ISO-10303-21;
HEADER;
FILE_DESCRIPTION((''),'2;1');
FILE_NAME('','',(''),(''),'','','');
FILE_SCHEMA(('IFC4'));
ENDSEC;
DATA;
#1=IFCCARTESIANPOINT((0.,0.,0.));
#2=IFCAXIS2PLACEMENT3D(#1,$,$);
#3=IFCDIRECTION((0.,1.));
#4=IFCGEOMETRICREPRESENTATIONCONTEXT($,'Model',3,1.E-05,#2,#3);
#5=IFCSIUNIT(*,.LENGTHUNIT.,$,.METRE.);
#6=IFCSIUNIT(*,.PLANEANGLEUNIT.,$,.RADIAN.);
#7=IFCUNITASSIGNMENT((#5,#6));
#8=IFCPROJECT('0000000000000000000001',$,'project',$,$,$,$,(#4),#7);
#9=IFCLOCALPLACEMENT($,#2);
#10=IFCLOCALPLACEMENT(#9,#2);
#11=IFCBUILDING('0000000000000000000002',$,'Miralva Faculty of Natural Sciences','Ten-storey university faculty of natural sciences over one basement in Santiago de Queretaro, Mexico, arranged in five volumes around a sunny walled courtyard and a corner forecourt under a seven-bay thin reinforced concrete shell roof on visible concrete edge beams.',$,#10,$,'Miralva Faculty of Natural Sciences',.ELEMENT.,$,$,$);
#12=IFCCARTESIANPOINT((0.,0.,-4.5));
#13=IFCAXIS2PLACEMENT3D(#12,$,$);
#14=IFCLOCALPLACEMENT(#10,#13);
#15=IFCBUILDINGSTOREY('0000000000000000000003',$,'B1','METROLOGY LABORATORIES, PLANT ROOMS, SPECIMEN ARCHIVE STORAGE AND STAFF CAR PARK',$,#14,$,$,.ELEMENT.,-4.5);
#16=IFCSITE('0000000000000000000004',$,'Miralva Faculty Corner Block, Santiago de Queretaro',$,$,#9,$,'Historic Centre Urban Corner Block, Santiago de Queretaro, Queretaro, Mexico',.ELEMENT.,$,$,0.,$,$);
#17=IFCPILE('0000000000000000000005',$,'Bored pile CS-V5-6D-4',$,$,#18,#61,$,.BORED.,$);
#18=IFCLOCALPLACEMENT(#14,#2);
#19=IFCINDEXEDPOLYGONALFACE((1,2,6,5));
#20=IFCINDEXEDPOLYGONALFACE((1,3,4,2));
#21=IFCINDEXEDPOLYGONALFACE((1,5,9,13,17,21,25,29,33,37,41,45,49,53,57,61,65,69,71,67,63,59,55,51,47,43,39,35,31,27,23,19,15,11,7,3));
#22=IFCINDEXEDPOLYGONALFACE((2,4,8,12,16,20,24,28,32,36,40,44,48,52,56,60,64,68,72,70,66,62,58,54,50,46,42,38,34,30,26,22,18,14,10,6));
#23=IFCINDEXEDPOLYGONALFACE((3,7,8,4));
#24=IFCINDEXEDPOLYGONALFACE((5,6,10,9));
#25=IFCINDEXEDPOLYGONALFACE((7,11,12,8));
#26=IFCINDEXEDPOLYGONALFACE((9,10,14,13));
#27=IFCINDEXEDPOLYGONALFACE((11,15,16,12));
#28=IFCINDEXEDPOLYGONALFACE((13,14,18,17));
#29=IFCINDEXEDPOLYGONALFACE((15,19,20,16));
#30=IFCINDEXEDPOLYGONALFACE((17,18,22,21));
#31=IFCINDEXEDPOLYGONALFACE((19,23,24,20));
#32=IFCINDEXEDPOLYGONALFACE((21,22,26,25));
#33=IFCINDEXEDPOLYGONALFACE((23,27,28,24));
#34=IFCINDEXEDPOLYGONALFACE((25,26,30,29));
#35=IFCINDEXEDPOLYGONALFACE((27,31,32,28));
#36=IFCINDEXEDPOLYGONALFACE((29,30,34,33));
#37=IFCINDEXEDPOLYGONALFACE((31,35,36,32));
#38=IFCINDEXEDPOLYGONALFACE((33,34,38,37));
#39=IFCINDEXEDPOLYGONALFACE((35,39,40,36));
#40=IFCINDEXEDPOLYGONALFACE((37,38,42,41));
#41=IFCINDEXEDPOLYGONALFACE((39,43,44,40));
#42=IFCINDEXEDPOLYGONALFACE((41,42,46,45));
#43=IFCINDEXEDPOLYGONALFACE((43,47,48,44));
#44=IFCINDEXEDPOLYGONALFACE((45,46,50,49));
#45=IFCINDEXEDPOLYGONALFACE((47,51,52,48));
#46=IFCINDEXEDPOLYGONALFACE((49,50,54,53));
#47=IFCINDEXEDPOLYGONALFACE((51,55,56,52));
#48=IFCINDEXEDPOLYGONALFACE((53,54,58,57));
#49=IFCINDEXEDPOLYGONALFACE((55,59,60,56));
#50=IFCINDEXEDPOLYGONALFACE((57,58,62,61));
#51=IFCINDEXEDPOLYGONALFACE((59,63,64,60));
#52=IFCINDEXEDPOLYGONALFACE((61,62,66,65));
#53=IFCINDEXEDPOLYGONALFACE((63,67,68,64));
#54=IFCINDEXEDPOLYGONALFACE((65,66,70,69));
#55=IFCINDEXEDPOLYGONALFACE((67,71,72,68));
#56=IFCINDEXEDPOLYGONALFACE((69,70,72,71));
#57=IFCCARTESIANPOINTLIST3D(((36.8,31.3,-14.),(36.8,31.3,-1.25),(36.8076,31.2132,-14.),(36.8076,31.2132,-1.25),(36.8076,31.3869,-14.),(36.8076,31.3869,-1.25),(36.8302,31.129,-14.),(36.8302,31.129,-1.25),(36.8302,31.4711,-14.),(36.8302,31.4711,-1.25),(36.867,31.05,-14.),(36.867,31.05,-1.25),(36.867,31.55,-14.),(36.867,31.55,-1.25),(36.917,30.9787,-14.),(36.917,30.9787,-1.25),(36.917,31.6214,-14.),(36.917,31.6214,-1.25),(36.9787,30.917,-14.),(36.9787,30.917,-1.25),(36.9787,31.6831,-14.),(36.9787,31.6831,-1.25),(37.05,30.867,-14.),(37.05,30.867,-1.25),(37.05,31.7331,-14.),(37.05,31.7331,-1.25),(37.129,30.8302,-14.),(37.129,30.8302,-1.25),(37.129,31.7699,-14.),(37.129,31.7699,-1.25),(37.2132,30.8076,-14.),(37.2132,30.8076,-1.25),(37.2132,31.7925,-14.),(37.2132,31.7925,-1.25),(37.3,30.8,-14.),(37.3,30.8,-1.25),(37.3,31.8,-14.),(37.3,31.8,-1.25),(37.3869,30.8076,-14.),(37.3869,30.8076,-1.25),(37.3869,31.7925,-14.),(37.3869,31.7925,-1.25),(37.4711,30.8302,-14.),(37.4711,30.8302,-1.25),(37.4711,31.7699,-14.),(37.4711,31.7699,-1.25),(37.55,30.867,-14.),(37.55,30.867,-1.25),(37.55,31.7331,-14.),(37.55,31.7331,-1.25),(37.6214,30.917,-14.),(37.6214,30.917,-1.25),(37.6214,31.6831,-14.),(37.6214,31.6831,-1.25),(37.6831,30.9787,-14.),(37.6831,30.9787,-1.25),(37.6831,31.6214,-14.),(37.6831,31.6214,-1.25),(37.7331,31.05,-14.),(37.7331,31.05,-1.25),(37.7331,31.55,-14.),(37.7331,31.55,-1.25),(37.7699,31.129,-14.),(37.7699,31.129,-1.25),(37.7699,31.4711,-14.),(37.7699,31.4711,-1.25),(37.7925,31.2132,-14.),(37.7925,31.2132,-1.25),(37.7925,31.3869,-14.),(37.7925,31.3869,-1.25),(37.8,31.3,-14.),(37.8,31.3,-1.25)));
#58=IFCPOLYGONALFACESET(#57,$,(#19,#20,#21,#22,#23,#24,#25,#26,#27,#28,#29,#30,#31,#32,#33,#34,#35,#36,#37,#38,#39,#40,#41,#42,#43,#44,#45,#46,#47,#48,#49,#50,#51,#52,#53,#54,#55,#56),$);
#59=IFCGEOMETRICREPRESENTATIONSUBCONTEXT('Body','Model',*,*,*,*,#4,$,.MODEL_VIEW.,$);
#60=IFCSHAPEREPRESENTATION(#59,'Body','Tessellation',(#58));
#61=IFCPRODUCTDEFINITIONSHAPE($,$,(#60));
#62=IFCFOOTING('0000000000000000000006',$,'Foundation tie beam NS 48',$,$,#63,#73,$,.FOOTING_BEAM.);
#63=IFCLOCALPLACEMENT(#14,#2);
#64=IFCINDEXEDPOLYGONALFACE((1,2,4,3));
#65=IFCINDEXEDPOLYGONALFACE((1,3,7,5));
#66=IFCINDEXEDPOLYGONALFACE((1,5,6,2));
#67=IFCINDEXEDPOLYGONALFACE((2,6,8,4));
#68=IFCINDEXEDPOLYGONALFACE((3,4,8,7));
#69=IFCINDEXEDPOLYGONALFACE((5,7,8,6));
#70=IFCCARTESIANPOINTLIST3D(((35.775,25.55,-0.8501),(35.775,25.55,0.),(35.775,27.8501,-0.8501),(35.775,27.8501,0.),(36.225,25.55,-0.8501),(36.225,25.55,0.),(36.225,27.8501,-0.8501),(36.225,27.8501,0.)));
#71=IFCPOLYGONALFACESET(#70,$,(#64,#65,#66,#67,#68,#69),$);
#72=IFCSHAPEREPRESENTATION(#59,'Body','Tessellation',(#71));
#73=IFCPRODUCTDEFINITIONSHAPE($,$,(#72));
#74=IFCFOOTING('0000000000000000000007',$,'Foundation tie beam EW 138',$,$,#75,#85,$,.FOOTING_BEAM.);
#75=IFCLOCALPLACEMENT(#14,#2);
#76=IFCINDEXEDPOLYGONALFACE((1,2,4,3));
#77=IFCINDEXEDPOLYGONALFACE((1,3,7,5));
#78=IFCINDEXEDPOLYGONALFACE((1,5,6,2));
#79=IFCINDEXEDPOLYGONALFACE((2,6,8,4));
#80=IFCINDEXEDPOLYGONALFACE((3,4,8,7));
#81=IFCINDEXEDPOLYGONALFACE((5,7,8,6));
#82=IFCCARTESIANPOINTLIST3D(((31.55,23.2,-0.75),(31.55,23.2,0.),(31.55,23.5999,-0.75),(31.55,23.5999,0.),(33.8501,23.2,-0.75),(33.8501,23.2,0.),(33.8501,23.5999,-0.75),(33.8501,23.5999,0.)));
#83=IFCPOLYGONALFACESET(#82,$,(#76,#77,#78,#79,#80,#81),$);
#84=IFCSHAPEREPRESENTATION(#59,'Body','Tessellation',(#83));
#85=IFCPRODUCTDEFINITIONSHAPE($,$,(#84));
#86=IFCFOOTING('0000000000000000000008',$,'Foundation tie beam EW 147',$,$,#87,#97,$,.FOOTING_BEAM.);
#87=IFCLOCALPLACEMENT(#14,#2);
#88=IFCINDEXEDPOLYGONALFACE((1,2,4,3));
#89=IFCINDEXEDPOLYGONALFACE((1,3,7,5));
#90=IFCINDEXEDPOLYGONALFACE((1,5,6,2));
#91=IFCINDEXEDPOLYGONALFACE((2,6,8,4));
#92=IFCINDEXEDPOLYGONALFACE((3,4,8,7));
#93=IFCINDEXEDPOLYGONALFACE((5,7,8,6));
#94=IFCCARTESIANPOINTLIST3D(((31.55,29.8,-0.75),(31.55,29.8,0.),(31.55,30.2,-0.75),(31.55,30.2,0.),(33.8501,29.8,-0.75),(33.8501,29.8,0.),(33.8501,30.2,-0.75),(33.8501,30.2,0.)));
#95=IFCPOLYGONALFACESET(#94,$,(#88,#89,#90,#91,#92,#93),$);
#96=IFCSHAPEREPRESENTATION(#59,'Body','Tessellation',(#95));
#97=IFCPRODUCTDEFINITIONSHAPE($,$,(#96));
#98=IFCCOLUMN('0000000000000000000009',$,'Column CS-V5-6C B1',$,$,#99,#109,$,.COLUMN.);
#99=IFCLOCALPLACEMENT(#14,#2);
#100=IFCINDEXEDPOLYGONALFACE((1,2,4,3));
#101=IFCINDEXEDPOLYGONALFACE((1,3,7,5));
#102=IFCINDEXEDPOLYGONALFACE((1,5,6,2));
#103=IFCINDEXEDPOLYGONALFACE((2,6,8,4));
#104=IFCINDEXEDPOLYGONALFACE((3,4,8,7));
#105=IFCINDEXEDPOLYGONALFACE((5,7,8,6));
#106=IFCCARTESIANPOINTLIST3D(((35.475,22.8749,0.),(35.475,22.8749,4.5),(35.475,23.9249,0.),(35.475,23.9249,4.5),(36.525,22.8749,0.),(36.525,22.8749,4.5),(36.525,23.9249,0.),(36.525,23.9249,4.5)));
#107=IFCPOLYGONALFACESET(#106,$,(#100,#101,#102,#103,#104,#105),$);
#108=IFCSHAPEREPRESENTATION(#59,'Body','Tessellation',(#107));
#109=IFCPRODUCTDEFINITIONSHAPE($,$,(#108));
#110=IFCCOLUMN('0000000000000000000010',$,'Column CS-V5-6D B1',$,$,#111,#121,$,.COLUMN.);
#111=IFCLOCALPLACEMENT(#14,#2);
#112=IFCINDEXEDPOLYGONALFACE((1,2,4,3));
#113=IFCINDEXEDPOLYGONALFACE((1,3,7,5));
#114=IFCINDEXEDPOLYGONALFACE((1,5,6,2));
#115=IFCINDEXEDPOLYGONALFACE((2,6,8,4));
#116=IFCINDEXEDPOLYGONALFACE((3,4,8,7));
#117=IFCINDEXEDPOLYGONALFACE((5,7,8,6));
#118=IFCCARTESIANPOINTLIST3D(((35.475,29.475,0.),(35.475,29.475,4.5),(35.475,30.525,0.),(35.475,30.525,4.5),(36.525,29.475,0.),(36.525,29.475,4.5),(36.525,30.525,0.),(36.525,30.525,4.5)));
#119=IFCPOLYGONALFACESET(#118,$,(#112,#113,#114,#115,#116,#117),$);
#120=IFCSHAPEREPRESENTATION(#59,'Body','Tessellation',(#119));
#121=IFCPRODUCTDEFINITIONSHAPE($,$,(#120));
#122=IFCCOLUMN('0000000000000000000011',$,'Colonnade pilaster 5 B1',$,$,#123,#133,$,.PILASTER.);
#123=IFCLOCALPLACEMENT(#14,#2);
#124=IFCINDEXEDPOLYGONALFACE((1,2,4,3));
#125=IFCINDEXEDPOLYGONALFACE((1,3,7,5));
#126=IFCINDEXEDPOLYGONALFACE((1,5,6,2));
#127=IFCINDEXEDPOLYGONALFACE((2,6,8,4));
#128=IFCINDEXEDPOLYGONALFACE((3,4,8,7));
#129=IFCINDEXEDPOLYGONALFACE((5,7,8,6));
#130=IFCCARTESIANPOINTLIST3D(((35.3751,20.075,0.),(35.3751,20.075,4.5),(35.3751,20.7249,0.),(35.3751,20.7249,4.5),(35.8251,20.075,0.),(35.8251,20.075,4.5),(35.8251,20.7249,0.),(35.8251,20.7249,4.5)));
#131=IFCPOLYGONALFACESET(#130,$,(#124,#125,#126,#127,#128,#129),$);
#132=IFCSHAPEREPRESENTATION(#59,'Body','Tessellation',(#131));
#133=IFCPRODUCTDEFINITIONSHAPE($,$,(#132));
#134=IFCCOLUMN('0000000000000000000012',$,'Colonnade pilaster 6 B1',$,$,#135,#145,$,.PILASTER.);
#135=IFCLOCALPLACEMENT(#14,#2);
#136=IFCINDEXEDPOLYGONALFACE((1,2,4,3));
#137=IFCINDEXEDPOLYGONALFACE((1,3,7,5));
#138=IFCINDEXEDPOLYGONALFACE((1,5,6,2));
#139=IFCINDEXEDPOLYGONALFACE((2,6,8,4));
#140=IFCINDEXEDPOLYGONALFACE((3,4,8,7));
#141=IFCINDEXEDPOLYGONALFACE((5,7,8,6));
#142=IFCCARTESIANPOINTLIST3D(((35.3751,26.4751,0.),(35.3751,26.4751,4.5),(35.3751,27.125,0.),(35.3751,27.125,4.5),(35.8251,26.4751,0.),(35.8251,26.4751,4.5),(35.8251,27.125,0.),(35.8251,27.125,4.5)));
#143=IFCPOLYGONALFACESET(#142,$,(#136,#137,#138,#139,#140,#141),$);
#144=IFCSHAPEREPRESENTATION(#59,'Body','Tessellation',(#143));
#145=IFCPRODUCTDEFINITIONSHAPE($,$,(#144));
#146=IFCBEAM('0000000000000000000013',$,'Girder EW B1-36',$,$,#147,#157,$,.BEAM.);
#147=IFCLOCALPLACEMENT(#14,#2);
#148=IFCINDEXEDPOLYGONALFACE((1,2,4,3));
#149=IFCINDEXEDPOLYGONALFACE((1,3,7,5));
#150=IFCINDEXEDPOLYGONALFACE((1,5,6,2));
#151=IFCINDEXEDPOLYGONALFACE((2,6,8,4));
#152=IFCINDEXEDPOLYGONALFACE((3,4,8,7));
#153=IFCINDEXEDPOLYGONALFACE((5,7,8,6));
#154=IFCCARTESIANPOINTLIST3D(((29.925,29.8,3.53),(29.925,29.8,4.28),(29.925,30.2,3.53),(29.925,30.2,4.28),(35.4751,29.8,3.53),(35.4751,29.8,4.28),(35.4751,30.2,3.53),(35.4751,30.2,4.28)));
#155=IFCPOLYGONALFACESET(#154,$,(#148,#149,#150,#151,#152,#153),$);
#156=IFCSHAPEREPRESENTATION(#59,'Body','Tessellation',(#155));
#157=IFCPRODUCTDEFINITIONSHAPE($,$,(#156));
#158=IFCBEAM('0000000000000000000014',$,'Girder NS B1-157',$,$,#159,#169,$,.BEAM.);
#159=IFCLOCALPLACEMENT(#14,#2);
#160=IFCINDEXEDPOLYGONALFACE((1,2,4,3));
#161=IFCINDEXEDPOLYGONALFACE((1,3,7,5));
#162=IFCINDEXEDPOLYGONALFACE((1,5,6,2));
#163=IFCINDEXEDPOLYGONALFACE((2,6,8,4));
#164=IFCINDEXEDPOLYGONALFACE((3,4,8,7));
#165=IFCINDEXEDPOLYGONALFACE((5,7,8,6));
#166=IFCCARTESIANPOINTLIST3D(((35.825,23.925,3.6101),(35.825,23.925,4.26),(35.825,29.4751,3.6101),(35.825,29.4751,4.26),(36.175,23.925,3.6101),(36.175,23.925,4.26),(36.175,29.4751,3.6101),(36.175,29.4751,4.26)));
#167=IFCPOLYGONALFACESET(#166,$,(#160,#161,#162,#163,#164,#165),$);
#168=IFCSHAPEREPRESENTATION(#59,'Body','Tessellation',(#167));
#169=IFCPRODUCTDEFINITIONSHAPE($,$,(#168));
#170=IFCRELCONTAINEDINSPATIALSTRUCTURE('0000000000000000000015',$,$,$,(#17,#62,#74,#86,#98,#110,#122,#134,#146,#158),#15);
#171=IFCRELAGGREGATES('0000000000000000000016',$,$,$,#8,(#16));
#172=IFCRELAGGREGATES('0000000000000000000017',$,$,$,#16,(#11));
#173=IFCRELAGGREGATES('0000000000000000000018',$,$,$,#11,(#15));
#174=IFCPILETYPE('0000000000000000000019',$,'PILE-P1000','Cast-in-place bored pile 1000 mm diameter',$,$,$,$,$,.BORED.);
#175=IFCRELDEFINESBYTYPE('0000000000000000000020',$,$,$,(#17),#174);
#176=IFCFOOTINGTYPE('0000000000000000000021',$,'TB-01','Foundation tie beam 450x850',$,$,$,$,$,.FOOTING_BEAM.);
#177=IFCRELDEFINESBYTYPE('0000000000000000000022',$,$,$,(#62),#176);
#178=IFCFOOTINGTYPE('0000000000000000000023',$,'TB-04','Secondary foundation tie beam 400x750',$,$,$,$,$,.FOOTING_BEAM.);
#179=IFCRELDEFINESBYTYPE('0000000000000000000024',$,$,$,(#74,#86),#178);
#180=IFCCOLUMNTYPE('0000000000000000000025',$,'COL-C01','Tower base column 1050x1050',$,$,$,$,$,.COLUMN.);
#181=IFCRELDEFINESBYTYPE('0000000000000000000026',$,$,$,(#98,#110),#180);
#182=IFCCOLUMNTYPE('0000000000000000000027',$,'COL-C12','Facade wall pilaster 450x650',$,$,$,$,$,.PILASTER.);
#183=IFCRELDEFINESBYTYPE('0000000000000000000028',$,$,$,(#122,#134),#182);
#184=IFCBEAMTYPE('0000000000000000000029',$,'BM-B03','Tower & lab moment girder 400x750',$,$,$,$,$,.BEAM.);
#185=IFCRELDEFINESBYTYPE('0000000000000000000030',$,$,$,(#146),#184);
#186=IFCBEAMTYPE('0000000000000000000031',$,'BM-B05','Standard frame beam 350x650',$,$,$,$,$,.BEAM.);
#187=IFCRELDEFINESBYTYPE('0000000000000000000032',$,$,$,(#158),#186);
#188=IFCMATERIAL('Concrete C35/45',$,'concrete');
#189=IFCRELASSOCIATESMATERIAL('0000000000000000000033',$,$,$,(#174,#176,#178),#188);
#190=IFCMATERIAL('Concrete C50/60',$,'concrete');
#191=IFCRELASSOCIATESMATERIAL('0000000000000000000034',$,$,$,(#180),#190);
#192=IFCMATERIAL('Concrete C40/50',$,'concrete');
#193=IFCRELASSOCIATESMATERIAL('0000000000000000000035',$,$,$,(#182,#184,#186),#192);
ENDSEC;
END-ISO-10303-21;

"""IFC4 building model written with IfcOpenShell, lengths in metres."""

from ifc_helpers import new_model, si_unit, direction, frame, origin, origin_2d, place, context, subcontext, project, spatial, rectangle, circle, extrude, material, material_profile, profile_set, type_object, element, save


model = new_model("IFC4")

# Units and contexts
model_context = context("Model", 3, precision=1e-05, world=origin(), true_north=direction((0.0, 1.0)))
body_context = subcontext(model_context, "Body", "Model", "MODEL_VIEW")
ifc_project = project(units=[si_unit("LENGTHUNIT", "METRE"), si_unit("PLANEANGLEUNIT", "RADIAN")], contexts=[model_context])

# Site, building, storey
site_placement = place(None, origin())
site = spatial("IfcSite", under=ifc_project, at=site_placement, Name="Miralva Faculty Corner Block, Santiago de Queretaro", LongName="Historic Centre Urban Corner Block, Santiago de Queretaro, Queretaro, Mexico", CompositionType="ELEMENT", RefElevation=0.0)
building_placement = place(site_placement, origin())
building = spatial("IfcBuilding", under=site, at=building_placement, Name="Miralva Faculty of Natural Sciences", Description="Ten-storey university faculty of natural sciences over one basement in Santiago de Queretaro, Mexico, arranged in five volumes around a sunny walled courtyard and a corner forecourt under a seven-bay thin reinforced concrete shell roof on visible concrete edge beams.", LongName="Miralva Faculty of Natural Sciences", CompositionType="ELEMENT")
storey_placement = place(building_placement, frame((0.0, 0.0, -4.5)))
storey = spatial("IfcBuildingStorey", under=building, at=storey_placement, Name="B1", Description="METROLOGY LABORATORIES, PLANT ROOMS, SPECIMEN ARCHIVE STORAGE AND STAFF CAR PARK", CompositionType="ELEMENT", Elevation=-4.5)

# Shared definitions
ifc_material_1 = material(Name="Concrete C35/45", Category="concrete")

# Pile
ifc_material_profile_1 = material_profile(ifc_material_1, circle(Radius=0.5, at=origin_2d()), Name="BORED PILE 1000")
ifc_profile_set_1 = profile_set([ifc_material_profile_1], Name="Concrete C35/45")
pile_type = type_object("IfcPileType", Name="PILE-P1000", Description="Cast-in-place bored pile 1000 mm diameter", PredefinedType="BORED", material=ifc_profile_set_1)
for number, where, z_axis, x_axis, name in (
    (1, (37.3, 31.3, -1.25), (0.0, 0.0, -1.0), (1.0, 0.0, 0.0), "Bored pile CS-V5-6D-4"),
):
    element("IfcPile", number, at=place(storey_placement, frame(where, z_axis=z_axis, x_axis=x_axis)), inside=storey, type_object=pile_type, Name=name, PredefinedType="BORED", context=body_context, shape_type="SweptSolid", body=[
        extrude(circle(Radius=0.5, at=origin_2d()), origin(), (0.0, 0.0, 1.0), 12.75),
    ])

# Footings
ifc_material_profile_2 = material_profile(ifc_material_1, rectangle(XDim=0.45, YDim=0.8501, at=origin_2d()), Name="RC 450x850")
ifc_profile_set_2 = profile_set([ifc_material_profile_2], Name="Concrete C35/45")
footing_type_1 = type_object("IfcFootingType", Name="TB-01", Description="Foundation tie beam 450x850", PredefinedType="FOOTING_BEAM", material=ifc_profile_set_2)
footing_1_placement = place(storey_placement, frame((36.0, 25.55, -0.425), z_axis=(0.0, 1.0, 0.0), x_axis=(-1.0, 0.0, 0.0)))
element("IfcFooting", 2, at=footing_1_placement, inside=storey, type_object=footing_type_1, Name="Foundation tie beam NS 48", PredefinedType="FOOTING_BEAM", context=body_context, shape_type="SweptSolid", body=[
    extrude(rectangle(XDim=0.45, YDim=0.8501, at=origin_2d()), origin(), (0.0, 0.0, 1.0), 2.3),
])
ifc_material_profile_3 = material_profile(ifc_material_1, rectangle(XDim=0.3999, YDim=0.75, at=origin_2d()), Name="RC 400x750")
ifc_profile_set_3 = profile_set([ifc_material_profile_3], Name="Concrete C35/45")
footing_type_2 = type_object("IfcFootingType", Name="TB-04", Description="Secondary foundation tie beam 400x750", PredefinedType="FOOTING_BEAM", material=ifc_profile_set_3)
for number, where, z_axis, x_axis, name in (
    (3, (31.55, 23.3999, -0.375), (1.0, 0.0, 0.0), (0.0, 1.0, 0.0), "Foundation tie beam EW 138"),
    (4, (31.55, 30.0, -0.375), (1.0, 0.0, 0.0), (0.0, 1.0, 0.0), "Foundation tie beam EW 147"),
):
    element("IfcFooting", number, at=place(storey_placement, frame(where, z_axis=z_axis, x_axis=x_axis)), inside=storey, type_object=footing_type_2, Name=name, PredefinedType="FOOTING_BEAM", context=body_context, shape_type="SweptSolid", body=[
        extrude(rectangle(XDim=0.3999, YDim=0.75, at=origin_2d()), origin(), (0.0, 0.0, 1.0), 2.3),
    ])

# Columns
ifc_material_2 = material(Name="Concrete C50/60", Category="concrete")
ifc_material_profile_4 = material_profile(ifc_material_2, rectangle(XDim=1.05, YDim=1.05, at=origin_2d()), Name="RC 1050x1050")
ifc_profile_set_4 = profile_set([ifc_material_profile_4], Name="Concrete C50/60")
column_type_1 = type_object("IfcColumnType", Name="COL-C01", Description="Tower base column 1050x1050", PredefinedType="COLUMN", material=ifc_profile_set_4)
for number, where, z_axis, x_axis, name in (
    (5, (36.0, 23.3999, 0.0), (0.0, 0.0, 1.0), (1.0, 0.0, 0.0), "Column CS-V5-6C B1"),
    (6, (36.0, 30.0, 0.0), (0.0, 0.0, 1.0), (1.0, 0.0, 0.0), "Column CS-V5-6D B1"),
):
    element("IfcColumn", number, at=place(storey_placement, frame(where, z_axis=z_axis, x_axis=x_axis)), inside=storey, type_object=column_type_1, Name=name, PredefinedType="COLUMN", context=body_context, shape_type="SweptSolid", body=[
        extrude(rectangle(XDim=1.05, YDim=1.05, at=origin_2d()), origin(), (0.0, 0.0, 1.0), 4.5),
    ])
ifc_material_3 = material(Name="Concrete C40/50", Category="concrete")
ifc_material_profile_5 = material_profile(ifc_material_3, rectangle(XDim=0.45, YDim=0.6499, at=origin_2d()), Name="RC 450x650")
ifc_profile_set_5 = profile_set([ifc_material_profile_5], Name="Concrete C40/50")
column_type_2 = type_object("IfcColumnType", Name="COL-C12", Description="Facade wall pilaster 450x650", PredefinedType="PILASTER", material=ifc_profile_set_5)
for number, where, z_axis, x_axis, name in (
    (7, (35.6001, 20.3999, 0.0), (0.0, 0.0, 1.0), (1.0, 0.0, 0.0), "Colonnade pilaster 5 B1"),
    (8, (35.6001, 26.8, 0.0), (0.0, 0.0, 1.0), (1.0, 0.0, 0.0), "Colonnade pilaster 6 B1"),
):
    element("IfcColumn", number, at=place(storey_placement, frame(where, z_axis=z_axis, x_axis=x_axis)), inside=storey, type_object=column_type_2, Name=name, PredefinedType="PILASTER", context=body_context, shape_type="SweptSolid", body=[
        extrude(rectangle(XDim=0.45, YDim=0.6499, at=origin_2d()), origin(), (0.0, 0.0, 1.0), 4.5),
    ])

# Beams
ifc_material_profile_6 = material_profile(ifc_material_3, rectangle(XDim=0.3999, YDim=0.75, at=origin_2d()), Name="RC 400x750")
ifc_profile_set_6 = profile_set([ifc_material_profile_6], Name="Concrete C40/50")
beam_type_1 = type_object("IfcBeamType", Name="BM-B03", Description="Tower & lab moment girder 400x750", PredefinedType="BEAM", material=ifc_profile_set_6)
beam_1_placement = place(storey_placement, frame((29.925, 30.0, 3.905), z_axis=(1.0, 0.0, 0.0), x_axis=(0.0, 1.0, 0.0)))
element("IfcBeam", 9, at=beam_1_placement, inside=storey, type_object=beam_type_1, Name="Girder EW B1-36", PredefinedType="BEAM", context=body_context, shape_type="SweptSolid", body=[
    extrude(rectangle(XDim=0.3999, YDim=0.75, at=origin_2d()), origin(), (0.0, 0.0, 1.0), 5.55),
])
ifc_material_profile_7 = material_profile(ifc_material_3, rectangle(XDim=0.3501, YDim=0.6499, at=origin_2d()), Name="RC 350x650")
ifc_profile_set_7 = profile_set([ifc_material_profile_7], Name="Concrete C40/50")
beam_type_2 = type_object("IfcBeamType", Name="BM-B05", Description="Standard frame beam 350x650", PredefinedType="BEAM", material=ifc_profile_set_7)
beam_2_placement = place(storey_placement, frame((36.0, 23.925, 3.9351), z_axis=(0.0, 1.0, 0.0), x_axis=(-1.0, 0.0, 0.0)))
element("IfcBeam", 10, at=beam_2_placement, inside=storey, type_object=beam_type_2, Name="Girder NS B1-157", PredefinedType="BEAM", context=body_context, shape_type="SweptSolid", body=[
    extrude(rectangle(XDim=0.3501, YDim=0.6499, at=origin_2d()), origin(), (0.0, 0.0, 1.0), 5.55),
])

save(model, "model.ifc")
